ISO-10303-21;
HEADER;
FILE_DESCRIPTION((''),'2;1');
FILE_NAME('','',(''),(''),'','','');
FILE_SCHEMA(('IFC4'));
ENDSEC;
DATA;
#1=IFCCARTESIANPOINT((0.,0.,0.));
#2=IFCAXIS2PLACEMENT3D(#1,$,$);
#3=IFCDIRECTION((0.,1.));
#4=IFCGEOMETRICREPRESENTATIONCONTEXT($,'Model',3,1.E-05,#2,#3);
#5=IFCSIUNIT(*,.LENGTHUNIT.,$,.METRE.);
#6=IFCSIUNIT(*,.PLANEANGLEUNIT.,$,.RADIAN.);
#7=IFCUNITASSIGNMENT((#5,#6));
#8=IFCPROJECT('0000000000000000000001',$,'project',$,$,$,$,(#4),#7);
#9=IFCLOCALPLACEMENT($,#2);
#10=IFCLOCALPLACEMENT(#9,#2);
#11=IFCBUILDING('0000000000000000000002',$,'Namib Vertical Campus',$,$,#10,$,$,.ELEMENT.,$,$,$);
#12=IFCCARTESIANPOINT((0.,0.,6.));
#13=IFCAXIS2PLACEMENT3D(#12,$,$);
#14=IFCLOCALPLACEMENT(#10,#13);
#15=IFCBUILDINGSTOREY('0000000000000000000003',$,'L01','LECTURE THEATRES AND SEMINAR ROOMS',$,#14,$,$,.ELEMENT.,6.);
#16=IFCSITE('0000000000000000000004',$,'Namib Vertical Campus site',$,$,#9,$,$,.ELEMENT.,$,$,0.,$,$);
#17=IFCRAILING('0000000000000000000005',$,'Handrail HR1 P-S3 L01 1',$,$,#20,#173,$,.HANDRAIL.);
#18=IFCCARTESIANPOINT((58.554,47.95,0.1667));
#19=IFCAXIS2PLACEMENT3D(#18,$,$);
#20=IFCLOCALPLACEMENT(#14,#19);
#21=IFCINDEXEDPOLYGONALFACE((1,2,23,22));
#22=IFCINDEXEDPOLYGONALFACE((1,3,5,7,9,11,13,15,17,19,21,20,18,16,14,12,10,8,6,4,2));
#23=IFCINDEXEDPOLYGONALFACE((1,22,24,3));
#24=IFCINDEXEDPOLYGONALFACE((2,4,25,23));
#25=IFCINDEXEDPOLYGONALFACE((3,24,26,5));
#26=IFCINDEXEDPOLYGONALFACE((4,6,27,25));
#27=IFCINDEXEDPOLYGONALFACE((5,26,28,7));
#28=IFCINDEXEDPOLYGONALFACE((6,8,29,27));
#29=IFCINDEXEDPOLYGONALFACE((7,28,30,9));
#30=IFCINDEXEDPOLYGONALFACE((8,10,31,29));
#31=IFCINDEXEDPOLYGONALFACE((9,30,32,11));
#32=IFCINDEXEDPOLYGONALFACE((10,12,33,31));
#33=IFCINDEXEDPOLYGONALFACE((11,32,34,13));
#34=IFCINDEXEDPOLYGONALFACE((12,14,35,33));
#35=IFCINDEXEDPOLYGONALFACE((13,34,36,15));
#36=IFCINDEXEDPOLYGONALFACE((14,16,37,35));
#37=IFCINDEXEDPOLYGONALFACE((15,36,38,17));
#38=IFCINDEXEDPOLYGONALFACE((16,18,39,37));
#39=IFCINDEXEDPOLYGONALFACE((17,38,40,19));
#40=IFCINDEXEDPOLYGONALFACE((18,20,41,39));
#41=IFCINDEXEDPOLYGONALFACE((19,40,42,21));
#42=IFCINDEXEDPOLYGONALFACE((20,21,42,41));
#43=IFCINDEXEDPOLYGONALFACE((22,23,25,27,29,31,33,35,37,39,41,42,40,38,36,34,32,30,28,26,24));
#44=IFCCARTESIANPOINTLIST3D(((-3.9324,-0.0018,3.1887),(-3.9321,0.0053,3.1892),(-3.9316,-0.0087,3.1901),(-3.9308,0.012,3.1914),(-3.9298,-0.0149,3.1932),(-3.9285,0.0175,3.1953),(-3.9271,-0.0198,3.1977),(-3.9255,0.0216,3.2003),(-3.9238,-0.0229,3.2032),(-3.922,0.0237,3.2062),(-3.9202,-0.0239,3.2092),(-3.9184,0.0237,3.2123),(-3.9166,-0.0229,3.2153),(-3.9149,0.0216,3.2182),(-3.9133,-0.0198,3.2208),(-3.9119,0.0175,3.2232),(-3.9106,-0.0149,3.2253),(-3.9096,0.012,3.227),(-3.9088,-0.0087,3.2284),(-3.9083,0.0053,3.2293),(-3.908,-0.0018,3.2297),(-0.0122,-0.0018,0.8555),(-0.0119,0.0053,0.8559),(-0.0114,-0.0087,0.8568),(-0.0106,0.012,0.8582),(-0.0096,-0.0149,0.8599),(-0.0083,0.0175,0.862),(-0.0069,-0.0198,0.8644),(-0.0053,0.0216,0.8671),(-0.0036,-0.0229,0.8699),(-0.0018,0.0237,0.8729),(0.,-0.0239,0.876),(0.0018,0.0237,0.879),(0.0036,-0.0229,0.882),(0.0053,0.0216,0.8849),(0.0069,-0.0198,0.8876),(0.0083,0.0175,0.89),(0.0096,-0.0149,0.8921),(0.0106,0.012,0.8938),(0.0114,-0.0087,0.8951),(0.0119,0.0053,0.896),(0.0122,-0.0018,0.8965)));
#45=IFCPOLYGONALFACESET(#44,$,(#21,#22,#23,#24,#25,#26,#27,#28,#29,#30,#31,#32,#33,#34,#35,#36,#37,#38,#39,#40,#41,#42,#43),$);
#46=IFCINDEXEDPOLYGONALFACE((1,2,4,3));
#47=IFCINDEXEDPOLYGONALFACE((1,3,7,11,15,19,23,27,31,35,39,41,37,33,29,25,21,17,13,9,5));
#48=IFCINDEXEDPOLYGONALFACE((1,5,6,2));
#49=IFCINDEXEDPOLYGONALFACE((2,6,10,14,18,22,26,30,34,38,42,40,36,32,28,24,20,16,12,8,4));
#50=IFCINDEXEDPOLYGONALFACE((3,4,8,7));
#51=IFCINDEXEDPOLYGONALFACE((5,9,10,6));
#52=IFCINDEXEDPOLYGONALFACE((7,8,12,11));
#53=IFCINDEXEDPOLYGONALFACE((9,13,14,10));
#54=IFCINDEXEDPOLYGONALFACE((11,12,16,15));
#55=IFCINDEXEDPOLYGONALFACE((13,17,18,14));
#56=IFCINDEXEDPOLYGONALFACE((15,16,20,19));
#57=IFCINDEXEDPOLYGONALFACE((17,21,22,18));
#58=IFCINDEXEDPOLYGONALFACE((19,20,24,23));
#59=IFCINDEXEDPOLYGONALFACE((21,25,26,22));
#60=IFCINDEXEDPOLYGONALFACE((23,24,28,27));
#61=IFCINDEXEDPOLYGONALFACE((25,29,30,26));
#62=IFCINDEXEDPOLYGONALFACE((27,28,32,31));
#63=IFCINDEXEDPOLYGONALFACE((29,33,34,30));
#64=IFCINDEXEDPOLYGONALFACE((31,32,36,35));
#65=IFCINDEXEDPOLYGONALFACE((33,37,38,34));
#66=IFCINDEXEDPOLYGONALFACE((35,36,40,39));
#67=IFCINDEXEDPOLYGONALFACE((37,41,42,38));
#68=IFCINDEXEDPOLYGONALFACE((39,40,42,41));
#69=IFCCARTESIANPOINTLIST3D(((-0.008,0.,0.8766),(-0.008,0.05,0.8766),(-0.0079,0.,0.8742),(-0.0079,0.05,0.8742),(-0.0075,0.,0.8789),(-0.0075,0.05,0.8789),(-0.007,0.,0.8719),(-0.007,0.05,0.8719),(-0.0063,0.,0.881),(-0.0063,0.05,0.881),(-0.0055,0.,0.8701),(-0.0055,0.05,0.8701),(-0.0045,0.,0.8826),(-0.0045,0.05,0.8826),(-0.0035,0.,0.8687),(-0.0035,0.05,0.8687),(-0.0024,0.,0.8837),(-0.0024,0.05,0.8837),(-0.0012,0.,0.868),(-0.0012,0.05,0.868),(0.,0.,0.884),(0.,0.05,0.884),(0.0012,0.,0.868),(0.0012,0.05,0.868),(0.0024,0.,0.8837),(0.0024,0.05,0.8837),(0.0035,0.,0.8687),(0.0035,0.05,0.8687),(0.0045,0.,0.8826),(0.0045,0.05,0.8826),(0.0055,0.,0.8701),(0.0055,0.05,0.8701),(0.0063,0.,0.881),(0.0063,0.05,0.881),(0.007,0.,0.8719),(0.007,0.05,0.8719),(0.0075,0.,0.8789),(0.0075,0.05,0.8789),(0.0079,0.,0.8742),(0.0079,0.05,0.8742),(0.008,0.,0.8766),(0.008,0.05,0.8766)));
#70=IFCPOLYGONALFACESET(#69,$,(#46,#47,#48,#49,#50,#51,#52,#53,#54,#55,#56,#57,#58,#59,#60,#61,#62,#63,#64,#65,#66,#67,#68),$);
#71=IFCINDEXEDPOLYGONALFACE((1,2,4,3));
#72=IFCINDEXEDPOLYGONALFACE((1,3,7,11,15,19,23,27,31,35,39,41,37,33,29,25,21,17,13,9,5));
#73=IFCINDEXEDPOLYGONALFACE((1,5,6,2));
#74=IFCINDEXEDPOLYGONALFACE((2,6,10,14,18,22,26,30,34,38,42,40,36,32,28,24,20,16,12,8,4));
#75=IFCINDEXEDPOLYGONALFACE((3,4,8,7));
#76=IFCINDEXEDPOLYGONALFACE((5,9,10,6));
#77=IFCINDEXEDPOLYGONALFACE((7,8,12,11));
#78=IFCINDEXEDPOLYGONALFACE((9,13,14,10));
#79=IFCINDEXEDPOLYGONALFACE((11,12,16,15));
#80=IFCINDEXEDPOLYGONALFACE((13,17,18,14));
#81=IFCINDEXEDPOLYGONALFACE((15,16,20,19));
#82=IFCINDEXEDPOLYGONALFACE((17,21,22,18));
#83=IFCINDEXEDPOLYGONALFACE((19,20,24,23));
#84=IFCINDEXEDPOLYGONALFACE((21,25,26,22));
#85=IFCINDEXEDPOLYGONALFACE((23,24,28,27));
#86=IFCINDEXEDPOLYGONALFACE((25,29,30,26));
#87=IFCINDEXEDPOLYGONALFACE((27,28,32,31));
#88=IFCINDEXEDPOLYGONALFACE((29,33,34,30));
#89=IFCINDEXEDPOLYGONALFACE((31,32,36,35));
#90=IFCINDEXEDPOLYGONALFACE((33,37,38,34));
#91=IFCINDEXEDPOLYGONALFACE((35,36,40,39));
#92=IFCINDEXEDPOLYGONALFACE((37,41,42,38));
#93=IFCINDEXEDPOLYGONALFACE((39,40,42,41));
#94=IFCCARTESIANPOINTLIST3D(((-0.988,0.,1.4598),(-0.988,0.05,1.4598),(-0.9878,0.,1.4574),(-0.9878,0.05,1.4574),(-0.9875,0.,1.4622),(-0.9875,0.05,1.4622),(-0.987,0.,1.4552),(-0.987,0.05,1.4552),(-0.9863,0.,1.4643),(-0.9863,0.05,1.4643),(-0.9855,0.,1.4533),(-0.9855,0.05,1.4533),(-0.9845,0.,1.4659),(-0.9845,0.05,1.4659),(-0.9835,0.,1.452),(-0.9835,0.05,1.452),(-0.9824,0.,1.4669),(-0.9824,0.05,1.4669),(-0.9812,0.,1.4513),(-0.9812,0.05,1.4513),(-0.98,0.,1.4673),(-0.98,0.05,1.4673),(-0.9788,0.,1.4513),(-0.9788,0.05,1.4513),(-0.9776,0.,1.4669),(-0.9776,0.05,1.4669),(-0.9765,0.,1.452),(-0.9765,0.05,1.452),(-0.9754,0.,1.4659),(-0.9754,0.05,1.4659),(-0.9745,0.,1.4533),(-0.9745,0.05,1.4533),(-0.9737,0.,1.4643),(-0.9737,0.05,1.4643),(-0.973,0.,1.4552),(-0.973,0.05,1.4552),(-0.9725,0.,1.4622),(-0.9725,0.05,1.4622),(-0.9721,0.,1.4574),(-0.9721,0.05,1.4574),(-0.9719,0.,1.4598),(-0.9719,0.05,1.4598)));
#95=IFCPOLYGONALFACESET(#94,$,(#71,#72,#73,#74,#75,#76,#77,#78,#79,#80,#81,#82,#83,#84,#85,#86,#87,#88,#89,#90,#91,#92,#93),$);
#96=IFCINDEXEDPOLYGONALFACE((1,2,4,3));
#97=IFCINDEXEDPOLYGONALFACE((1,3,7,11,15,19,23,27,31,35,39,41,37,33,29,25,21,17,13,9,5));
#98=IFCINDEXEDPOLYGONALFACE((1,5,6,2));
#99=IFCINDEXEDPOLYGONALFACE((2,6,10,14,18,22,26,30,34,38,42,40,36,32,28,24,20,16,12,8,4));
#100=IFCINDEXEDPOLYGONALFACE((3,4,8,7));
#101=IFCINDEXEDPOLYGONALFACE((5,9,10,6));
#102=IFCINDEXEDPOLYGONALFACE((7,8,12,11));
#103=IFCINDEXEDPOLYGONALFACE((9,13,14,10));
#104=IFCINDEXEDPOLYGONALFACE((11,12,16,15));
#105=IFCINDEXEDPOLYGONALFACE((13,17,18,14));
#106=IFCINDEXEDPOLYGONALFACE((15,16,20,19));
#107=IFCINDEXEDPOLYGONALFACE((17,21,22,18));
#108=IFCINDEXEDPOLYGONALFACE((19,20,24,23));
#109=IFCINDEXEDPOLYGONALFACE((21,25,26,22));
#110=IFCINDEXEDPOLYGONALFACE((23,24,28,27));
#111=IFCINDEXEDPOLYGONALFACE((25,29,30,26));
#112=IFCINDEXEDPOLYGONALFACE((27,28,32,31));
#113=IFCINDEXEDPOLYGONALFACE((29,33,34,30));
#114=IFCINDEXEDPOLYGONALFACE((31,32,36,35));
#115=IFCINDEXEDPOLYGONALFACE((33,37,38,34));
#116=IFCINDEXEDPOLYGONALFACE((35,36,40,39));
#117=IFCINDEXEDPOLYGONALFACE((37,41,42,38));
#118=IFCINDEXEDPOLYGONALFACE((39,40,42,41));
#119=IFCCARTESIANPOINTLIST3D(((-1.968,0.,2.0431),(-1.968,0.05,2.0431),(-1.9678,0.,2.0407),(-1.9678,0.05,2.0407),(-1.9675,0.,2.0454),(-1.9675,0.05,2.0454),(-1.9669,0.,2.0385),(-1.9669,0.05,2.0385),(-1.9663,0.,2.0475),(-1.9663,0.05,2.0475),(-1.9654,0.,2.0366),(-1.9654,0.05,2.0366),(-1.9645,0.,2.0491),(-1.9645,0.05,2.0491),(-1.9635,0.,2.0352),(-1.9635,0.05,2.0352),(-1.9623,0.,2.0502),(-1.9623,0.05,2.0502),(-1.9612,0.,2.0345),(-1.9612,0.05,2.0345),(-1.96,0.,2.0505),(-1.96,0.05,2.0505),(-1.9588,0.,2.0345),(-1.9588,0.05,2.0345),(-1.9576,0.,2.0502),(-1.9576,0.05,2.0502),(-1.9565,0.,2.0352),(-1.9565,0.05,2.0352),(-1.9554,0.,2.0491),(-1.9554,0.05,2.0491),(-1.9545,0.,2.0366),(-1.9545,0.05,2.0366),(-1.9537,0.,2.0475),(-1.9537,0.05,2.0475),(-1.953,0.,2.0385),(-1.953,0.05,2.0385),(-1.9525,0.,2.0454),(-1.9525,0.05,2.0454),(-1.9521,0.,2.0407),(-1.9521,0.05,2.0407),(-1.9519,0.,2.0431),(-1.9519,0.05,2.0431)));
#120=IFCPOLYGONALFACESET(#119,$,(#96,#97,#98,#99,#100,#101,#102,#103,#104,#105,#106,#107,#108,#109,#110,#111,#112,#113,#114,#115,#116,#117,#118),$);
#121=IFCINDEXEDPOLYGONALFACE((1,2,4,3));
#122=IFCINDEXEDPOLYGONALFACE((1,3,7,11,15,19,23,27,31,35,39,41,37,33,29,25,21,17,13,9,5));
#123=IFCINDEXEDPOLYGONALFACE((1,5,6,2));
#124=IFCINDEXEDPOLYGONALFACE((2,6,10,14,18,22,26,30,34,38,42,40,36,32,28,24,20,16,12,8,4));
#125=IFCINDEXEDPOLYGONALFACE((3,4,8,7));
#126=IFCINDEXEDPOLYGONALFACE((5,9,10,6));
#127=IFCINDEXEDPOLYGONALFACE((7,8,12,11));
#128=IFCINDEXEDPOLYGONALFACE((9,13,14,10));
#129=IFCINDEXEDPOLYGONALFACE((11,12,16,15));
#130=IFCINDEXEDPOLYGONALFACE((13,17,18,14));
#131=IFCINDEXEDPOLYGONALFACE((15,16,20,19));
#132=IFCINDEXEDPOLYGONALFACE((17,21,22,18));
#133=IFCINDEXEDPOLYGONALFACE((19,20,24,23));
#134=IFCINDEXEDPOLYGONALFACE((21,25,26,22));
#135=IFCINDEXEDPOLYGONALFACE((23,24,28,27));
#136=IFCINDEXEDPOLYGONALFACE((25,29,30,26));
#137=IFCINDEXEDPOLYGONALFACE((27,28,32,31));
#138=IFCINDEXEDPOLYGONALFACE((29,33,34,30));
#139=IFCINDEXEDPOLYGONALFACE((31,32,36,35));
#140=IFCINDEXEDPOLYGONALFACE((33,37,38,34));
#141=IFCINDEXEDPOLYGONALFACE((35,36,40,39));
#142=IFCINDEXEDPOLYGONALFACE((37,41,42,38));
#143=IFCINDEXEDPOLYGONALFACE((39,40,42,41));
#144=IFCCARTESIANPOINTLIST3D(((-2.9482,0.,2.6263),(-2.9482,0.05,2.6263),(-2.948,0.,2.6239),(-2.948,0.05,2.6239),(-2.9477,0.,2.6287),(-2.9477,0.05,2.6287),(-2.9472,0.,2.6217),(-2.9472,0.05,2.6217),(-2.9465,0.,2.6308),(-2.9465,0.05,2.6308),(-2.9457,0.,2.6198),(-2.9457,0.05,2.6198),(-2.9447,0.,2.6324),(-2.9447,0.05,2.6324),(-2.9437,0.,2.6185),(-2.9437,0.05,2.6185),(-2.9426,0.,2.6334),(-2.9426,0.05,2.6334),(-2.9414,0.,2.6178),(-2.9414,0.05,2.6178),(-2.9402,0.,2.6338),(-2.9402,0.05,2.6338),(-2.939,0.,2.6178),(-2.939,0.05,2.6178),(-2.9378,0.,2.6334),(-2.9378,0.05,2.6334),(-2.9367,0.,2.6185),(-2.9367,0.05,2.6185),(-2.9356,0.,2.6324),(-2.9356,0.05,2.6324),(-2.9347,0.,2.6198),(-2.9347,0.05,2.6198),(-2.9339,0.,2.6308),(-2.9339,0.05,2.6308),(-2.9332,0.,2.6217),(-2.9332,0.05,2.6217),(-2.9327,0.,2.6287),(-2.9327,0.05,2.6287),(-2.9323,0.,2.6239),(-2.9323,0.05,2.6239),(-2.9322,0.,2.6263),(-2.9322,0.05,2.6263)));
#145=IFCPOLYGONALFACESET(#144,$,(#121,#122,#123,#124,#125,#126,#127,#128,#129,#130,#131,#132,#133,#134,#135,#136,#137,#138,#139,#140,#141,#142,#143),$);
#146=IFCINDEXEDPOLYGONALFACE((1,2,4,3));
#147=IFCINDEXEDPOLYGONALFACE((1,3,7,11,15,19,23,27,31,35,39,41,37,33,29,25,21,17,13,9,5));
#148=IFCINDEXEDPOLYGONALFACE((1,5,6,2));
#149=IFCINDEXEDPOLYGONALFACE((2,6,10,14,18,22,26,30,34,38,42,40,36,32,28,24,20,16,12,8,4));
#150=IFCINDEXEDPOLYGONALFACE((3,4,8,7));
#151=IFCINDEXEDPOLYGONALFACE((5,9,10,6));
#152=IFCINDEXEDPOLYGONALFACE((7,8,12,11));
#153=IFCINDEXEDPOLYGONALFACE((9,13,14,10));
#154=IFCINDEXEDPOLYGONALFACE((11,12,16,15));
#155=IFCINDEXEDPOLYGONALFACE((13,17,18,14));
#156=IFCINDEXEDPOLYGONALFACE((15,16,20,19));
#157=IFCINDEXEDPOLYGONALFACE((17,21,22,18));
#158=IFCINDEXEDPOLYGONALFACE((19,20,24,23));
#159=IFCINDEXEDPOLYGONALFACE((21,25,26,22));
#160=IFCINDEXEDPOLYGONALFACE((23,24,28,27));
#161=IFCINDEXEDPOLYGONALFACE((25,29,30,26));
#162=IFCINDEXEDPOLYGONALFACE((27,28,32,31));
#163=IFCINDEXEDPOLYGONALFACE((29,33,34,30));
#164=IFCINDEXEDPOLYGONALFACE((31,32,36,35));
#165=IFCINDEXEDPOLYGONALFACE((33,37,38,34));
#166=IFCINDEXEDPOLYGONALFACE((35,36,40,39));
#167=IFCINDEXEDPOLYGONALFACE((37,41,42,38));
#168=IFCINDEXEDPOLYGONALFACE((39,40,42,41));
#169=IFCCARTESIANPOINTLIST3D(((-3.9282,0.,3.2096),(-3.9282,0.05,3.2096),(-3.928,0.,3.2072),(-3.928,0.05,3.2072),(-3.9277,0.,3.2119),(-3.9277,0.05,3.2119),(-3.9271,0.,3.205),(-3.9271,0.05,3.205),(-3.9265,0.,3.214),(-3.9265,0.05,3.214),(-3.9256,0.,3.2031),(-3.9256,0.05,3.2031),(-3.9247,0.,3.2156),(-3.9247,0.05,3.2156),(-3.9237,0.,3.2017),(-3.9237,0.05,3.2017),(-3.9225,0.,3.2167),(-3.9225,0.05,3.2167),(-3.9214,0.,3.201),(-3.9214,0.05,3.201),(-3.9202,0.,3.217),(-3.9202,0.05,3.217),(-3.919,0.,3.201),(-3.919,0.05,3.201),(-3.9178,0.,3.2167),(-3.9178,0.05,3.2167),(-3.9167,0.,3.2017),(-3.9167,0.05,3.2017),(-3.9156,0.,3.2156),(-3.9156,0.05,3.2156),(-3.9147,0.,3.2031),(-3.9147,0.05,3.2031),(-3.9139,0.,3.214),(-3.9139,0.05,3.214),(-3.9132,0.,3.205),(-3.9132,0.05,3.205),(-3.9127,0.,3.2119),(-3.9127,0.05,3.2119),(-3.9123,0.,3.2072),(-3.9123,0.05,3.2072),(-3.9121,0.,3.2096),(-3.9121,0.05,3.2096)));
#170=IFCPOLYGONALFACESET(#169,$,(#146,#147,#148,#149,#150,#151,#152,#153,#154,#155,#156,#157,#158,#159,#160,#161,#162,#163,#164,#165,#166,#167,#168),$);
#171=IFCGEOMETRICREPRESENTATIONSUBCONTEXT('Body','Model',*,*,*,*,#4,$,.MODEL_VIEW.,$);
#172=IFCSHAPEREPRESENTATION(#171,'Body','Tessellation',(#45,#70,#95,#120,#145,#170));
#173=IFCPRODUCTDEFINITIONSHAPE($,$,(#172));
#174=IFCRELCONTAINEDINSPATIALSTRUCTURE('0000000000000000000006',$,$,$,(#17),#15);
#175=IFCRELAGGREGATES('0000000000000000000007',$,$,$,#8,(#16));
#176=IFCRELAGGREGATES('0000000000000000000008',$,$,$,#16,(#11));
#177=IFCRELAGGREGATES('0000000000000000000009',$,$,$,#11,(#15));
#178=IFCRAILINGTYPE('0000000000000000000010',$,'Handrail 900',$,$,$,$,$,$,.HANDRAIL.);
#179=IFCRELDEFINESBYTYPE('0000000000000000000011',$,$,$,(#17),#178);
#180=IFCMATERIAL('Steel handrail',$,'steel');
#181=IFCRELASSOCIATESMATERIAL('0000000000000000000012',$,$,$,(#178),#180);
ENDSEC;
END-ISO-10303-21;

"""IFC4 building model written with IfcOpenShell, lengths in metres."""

from ifc_helpers import new_model, si_unit, direction, frame, origin, origin_2d, place, context, subcontext, project, spatial, circle, extrude, material, type_object, element, save


model = new_model("IFC4")

# Units and contexts
model_context = context("Model", 3, precision=1e-05, world=origin(), true_north=direction((0.0, 1.0)))
body_context = subcontext(model_context, "Body", "Model", "MODEL_VIEW")
ifc_project = project(units=[si_unit("LENGTHUNIT", "METRE"), si_unit("PLANEANGLEUNIT", "RADIAN")], contexts=[model_context])

# Site, building, storey
site_placement = place(None, origin())
site = spatial("IfcSite", under=ifc_project, at=site_placement, Name="Namib Vertical Campus site", CompositionType="ELEMENT", RefElevation=0.0)
building_placement = place(site_placement, origin())
building = spatial("IfcBuilding", under=site, at=building_placement, Name="Namib Vertical Campus", CompositionType="ELEMENT")
storey_placement = place(building_placement, frame((0.0, 0.0, 6.0)))
storey = spatial("IfcBuildingStorey", under=building, at=storey_placement, Name="L01", Description="LECTURE THEATRES AND SEMINAR ROOMS", CompositionType="ELEMENT", Elevation=6.0)

# Railing
ifc_material_1 = material(Name="Steel handrail", Category="steel")
railing_type_1 = type_object("IfcRailingType", Name="Handrail 900", PredefinedType="HANDRAIL", material=ifc_material_1)
railing_1_placement = place(storey_placement, frame((58.554, 47.95, 0.1667)))
element("IfcRailing", 1, at=railing_1_placement, inside=storey, type_object=railing_type_1, Name="Handrail HR1 P-S3 L01 1", PredefinedType="HANDRAIL", context=body_context, shape_type="SweptSolid", body=[
    extrude(circle(Radius=0.0239, at=origin_2d()), frame((0.0, 0.0, 0.876), z_axis=(-0.85931, 0.0, 0.511455), x_axis=(0.0, -1.0, 0.0)), (0.0, 0.0, 1.0), 4.562),
    extrude(circle(Radius=0.0081, at=origin_2d()), frame((0.0, 0.0, 0.876), z_axis=(0.0, 1.0, 0.0), x_axis=(0.0, 0.0, 1.0)), (0.0, 0.0, 1.0), 0.05),
    extrude(circle(Radius=0.0081, at=origin_2d()), frame((-0.98, 0.0, 1.4592), z_axis=(0.0, 1.0, 0.0), x_axis=(0.0, 0.0, 1.0)), (0.0, 0.0, 1.0), 0.05),
    extrude(circle(Radius=0.0081, at=origin_2d()), frame((-1.96, 0.0, 2.0425), z_axis=(0.0, 1.0, 0.0), x_axis=(0.0, 0.0, 1.0)), (0.0, 0.0, 1.0), 0.05),
    extrude(circle(Radius=0.0081, at=origin_2d()), frame((-2.9402, 0.0, 2.6257), z_axis=(0.0, 1.0, 0.0), x_axis=(0.0, 0.0, 1.0)), (0.0, 0.0, 1.0), 0.05),
    extrude(circle(Radius=0.0081, at=origin_2d()), frame((-3.9202, 0.0, 3.209), z_axis=(0.0, 1.0, 0.0), x_axis=(0.0, 0.0, 1.0)), (0.0, 0.0, 1.0), 0.05),
])

save(model, "model.ifc")
